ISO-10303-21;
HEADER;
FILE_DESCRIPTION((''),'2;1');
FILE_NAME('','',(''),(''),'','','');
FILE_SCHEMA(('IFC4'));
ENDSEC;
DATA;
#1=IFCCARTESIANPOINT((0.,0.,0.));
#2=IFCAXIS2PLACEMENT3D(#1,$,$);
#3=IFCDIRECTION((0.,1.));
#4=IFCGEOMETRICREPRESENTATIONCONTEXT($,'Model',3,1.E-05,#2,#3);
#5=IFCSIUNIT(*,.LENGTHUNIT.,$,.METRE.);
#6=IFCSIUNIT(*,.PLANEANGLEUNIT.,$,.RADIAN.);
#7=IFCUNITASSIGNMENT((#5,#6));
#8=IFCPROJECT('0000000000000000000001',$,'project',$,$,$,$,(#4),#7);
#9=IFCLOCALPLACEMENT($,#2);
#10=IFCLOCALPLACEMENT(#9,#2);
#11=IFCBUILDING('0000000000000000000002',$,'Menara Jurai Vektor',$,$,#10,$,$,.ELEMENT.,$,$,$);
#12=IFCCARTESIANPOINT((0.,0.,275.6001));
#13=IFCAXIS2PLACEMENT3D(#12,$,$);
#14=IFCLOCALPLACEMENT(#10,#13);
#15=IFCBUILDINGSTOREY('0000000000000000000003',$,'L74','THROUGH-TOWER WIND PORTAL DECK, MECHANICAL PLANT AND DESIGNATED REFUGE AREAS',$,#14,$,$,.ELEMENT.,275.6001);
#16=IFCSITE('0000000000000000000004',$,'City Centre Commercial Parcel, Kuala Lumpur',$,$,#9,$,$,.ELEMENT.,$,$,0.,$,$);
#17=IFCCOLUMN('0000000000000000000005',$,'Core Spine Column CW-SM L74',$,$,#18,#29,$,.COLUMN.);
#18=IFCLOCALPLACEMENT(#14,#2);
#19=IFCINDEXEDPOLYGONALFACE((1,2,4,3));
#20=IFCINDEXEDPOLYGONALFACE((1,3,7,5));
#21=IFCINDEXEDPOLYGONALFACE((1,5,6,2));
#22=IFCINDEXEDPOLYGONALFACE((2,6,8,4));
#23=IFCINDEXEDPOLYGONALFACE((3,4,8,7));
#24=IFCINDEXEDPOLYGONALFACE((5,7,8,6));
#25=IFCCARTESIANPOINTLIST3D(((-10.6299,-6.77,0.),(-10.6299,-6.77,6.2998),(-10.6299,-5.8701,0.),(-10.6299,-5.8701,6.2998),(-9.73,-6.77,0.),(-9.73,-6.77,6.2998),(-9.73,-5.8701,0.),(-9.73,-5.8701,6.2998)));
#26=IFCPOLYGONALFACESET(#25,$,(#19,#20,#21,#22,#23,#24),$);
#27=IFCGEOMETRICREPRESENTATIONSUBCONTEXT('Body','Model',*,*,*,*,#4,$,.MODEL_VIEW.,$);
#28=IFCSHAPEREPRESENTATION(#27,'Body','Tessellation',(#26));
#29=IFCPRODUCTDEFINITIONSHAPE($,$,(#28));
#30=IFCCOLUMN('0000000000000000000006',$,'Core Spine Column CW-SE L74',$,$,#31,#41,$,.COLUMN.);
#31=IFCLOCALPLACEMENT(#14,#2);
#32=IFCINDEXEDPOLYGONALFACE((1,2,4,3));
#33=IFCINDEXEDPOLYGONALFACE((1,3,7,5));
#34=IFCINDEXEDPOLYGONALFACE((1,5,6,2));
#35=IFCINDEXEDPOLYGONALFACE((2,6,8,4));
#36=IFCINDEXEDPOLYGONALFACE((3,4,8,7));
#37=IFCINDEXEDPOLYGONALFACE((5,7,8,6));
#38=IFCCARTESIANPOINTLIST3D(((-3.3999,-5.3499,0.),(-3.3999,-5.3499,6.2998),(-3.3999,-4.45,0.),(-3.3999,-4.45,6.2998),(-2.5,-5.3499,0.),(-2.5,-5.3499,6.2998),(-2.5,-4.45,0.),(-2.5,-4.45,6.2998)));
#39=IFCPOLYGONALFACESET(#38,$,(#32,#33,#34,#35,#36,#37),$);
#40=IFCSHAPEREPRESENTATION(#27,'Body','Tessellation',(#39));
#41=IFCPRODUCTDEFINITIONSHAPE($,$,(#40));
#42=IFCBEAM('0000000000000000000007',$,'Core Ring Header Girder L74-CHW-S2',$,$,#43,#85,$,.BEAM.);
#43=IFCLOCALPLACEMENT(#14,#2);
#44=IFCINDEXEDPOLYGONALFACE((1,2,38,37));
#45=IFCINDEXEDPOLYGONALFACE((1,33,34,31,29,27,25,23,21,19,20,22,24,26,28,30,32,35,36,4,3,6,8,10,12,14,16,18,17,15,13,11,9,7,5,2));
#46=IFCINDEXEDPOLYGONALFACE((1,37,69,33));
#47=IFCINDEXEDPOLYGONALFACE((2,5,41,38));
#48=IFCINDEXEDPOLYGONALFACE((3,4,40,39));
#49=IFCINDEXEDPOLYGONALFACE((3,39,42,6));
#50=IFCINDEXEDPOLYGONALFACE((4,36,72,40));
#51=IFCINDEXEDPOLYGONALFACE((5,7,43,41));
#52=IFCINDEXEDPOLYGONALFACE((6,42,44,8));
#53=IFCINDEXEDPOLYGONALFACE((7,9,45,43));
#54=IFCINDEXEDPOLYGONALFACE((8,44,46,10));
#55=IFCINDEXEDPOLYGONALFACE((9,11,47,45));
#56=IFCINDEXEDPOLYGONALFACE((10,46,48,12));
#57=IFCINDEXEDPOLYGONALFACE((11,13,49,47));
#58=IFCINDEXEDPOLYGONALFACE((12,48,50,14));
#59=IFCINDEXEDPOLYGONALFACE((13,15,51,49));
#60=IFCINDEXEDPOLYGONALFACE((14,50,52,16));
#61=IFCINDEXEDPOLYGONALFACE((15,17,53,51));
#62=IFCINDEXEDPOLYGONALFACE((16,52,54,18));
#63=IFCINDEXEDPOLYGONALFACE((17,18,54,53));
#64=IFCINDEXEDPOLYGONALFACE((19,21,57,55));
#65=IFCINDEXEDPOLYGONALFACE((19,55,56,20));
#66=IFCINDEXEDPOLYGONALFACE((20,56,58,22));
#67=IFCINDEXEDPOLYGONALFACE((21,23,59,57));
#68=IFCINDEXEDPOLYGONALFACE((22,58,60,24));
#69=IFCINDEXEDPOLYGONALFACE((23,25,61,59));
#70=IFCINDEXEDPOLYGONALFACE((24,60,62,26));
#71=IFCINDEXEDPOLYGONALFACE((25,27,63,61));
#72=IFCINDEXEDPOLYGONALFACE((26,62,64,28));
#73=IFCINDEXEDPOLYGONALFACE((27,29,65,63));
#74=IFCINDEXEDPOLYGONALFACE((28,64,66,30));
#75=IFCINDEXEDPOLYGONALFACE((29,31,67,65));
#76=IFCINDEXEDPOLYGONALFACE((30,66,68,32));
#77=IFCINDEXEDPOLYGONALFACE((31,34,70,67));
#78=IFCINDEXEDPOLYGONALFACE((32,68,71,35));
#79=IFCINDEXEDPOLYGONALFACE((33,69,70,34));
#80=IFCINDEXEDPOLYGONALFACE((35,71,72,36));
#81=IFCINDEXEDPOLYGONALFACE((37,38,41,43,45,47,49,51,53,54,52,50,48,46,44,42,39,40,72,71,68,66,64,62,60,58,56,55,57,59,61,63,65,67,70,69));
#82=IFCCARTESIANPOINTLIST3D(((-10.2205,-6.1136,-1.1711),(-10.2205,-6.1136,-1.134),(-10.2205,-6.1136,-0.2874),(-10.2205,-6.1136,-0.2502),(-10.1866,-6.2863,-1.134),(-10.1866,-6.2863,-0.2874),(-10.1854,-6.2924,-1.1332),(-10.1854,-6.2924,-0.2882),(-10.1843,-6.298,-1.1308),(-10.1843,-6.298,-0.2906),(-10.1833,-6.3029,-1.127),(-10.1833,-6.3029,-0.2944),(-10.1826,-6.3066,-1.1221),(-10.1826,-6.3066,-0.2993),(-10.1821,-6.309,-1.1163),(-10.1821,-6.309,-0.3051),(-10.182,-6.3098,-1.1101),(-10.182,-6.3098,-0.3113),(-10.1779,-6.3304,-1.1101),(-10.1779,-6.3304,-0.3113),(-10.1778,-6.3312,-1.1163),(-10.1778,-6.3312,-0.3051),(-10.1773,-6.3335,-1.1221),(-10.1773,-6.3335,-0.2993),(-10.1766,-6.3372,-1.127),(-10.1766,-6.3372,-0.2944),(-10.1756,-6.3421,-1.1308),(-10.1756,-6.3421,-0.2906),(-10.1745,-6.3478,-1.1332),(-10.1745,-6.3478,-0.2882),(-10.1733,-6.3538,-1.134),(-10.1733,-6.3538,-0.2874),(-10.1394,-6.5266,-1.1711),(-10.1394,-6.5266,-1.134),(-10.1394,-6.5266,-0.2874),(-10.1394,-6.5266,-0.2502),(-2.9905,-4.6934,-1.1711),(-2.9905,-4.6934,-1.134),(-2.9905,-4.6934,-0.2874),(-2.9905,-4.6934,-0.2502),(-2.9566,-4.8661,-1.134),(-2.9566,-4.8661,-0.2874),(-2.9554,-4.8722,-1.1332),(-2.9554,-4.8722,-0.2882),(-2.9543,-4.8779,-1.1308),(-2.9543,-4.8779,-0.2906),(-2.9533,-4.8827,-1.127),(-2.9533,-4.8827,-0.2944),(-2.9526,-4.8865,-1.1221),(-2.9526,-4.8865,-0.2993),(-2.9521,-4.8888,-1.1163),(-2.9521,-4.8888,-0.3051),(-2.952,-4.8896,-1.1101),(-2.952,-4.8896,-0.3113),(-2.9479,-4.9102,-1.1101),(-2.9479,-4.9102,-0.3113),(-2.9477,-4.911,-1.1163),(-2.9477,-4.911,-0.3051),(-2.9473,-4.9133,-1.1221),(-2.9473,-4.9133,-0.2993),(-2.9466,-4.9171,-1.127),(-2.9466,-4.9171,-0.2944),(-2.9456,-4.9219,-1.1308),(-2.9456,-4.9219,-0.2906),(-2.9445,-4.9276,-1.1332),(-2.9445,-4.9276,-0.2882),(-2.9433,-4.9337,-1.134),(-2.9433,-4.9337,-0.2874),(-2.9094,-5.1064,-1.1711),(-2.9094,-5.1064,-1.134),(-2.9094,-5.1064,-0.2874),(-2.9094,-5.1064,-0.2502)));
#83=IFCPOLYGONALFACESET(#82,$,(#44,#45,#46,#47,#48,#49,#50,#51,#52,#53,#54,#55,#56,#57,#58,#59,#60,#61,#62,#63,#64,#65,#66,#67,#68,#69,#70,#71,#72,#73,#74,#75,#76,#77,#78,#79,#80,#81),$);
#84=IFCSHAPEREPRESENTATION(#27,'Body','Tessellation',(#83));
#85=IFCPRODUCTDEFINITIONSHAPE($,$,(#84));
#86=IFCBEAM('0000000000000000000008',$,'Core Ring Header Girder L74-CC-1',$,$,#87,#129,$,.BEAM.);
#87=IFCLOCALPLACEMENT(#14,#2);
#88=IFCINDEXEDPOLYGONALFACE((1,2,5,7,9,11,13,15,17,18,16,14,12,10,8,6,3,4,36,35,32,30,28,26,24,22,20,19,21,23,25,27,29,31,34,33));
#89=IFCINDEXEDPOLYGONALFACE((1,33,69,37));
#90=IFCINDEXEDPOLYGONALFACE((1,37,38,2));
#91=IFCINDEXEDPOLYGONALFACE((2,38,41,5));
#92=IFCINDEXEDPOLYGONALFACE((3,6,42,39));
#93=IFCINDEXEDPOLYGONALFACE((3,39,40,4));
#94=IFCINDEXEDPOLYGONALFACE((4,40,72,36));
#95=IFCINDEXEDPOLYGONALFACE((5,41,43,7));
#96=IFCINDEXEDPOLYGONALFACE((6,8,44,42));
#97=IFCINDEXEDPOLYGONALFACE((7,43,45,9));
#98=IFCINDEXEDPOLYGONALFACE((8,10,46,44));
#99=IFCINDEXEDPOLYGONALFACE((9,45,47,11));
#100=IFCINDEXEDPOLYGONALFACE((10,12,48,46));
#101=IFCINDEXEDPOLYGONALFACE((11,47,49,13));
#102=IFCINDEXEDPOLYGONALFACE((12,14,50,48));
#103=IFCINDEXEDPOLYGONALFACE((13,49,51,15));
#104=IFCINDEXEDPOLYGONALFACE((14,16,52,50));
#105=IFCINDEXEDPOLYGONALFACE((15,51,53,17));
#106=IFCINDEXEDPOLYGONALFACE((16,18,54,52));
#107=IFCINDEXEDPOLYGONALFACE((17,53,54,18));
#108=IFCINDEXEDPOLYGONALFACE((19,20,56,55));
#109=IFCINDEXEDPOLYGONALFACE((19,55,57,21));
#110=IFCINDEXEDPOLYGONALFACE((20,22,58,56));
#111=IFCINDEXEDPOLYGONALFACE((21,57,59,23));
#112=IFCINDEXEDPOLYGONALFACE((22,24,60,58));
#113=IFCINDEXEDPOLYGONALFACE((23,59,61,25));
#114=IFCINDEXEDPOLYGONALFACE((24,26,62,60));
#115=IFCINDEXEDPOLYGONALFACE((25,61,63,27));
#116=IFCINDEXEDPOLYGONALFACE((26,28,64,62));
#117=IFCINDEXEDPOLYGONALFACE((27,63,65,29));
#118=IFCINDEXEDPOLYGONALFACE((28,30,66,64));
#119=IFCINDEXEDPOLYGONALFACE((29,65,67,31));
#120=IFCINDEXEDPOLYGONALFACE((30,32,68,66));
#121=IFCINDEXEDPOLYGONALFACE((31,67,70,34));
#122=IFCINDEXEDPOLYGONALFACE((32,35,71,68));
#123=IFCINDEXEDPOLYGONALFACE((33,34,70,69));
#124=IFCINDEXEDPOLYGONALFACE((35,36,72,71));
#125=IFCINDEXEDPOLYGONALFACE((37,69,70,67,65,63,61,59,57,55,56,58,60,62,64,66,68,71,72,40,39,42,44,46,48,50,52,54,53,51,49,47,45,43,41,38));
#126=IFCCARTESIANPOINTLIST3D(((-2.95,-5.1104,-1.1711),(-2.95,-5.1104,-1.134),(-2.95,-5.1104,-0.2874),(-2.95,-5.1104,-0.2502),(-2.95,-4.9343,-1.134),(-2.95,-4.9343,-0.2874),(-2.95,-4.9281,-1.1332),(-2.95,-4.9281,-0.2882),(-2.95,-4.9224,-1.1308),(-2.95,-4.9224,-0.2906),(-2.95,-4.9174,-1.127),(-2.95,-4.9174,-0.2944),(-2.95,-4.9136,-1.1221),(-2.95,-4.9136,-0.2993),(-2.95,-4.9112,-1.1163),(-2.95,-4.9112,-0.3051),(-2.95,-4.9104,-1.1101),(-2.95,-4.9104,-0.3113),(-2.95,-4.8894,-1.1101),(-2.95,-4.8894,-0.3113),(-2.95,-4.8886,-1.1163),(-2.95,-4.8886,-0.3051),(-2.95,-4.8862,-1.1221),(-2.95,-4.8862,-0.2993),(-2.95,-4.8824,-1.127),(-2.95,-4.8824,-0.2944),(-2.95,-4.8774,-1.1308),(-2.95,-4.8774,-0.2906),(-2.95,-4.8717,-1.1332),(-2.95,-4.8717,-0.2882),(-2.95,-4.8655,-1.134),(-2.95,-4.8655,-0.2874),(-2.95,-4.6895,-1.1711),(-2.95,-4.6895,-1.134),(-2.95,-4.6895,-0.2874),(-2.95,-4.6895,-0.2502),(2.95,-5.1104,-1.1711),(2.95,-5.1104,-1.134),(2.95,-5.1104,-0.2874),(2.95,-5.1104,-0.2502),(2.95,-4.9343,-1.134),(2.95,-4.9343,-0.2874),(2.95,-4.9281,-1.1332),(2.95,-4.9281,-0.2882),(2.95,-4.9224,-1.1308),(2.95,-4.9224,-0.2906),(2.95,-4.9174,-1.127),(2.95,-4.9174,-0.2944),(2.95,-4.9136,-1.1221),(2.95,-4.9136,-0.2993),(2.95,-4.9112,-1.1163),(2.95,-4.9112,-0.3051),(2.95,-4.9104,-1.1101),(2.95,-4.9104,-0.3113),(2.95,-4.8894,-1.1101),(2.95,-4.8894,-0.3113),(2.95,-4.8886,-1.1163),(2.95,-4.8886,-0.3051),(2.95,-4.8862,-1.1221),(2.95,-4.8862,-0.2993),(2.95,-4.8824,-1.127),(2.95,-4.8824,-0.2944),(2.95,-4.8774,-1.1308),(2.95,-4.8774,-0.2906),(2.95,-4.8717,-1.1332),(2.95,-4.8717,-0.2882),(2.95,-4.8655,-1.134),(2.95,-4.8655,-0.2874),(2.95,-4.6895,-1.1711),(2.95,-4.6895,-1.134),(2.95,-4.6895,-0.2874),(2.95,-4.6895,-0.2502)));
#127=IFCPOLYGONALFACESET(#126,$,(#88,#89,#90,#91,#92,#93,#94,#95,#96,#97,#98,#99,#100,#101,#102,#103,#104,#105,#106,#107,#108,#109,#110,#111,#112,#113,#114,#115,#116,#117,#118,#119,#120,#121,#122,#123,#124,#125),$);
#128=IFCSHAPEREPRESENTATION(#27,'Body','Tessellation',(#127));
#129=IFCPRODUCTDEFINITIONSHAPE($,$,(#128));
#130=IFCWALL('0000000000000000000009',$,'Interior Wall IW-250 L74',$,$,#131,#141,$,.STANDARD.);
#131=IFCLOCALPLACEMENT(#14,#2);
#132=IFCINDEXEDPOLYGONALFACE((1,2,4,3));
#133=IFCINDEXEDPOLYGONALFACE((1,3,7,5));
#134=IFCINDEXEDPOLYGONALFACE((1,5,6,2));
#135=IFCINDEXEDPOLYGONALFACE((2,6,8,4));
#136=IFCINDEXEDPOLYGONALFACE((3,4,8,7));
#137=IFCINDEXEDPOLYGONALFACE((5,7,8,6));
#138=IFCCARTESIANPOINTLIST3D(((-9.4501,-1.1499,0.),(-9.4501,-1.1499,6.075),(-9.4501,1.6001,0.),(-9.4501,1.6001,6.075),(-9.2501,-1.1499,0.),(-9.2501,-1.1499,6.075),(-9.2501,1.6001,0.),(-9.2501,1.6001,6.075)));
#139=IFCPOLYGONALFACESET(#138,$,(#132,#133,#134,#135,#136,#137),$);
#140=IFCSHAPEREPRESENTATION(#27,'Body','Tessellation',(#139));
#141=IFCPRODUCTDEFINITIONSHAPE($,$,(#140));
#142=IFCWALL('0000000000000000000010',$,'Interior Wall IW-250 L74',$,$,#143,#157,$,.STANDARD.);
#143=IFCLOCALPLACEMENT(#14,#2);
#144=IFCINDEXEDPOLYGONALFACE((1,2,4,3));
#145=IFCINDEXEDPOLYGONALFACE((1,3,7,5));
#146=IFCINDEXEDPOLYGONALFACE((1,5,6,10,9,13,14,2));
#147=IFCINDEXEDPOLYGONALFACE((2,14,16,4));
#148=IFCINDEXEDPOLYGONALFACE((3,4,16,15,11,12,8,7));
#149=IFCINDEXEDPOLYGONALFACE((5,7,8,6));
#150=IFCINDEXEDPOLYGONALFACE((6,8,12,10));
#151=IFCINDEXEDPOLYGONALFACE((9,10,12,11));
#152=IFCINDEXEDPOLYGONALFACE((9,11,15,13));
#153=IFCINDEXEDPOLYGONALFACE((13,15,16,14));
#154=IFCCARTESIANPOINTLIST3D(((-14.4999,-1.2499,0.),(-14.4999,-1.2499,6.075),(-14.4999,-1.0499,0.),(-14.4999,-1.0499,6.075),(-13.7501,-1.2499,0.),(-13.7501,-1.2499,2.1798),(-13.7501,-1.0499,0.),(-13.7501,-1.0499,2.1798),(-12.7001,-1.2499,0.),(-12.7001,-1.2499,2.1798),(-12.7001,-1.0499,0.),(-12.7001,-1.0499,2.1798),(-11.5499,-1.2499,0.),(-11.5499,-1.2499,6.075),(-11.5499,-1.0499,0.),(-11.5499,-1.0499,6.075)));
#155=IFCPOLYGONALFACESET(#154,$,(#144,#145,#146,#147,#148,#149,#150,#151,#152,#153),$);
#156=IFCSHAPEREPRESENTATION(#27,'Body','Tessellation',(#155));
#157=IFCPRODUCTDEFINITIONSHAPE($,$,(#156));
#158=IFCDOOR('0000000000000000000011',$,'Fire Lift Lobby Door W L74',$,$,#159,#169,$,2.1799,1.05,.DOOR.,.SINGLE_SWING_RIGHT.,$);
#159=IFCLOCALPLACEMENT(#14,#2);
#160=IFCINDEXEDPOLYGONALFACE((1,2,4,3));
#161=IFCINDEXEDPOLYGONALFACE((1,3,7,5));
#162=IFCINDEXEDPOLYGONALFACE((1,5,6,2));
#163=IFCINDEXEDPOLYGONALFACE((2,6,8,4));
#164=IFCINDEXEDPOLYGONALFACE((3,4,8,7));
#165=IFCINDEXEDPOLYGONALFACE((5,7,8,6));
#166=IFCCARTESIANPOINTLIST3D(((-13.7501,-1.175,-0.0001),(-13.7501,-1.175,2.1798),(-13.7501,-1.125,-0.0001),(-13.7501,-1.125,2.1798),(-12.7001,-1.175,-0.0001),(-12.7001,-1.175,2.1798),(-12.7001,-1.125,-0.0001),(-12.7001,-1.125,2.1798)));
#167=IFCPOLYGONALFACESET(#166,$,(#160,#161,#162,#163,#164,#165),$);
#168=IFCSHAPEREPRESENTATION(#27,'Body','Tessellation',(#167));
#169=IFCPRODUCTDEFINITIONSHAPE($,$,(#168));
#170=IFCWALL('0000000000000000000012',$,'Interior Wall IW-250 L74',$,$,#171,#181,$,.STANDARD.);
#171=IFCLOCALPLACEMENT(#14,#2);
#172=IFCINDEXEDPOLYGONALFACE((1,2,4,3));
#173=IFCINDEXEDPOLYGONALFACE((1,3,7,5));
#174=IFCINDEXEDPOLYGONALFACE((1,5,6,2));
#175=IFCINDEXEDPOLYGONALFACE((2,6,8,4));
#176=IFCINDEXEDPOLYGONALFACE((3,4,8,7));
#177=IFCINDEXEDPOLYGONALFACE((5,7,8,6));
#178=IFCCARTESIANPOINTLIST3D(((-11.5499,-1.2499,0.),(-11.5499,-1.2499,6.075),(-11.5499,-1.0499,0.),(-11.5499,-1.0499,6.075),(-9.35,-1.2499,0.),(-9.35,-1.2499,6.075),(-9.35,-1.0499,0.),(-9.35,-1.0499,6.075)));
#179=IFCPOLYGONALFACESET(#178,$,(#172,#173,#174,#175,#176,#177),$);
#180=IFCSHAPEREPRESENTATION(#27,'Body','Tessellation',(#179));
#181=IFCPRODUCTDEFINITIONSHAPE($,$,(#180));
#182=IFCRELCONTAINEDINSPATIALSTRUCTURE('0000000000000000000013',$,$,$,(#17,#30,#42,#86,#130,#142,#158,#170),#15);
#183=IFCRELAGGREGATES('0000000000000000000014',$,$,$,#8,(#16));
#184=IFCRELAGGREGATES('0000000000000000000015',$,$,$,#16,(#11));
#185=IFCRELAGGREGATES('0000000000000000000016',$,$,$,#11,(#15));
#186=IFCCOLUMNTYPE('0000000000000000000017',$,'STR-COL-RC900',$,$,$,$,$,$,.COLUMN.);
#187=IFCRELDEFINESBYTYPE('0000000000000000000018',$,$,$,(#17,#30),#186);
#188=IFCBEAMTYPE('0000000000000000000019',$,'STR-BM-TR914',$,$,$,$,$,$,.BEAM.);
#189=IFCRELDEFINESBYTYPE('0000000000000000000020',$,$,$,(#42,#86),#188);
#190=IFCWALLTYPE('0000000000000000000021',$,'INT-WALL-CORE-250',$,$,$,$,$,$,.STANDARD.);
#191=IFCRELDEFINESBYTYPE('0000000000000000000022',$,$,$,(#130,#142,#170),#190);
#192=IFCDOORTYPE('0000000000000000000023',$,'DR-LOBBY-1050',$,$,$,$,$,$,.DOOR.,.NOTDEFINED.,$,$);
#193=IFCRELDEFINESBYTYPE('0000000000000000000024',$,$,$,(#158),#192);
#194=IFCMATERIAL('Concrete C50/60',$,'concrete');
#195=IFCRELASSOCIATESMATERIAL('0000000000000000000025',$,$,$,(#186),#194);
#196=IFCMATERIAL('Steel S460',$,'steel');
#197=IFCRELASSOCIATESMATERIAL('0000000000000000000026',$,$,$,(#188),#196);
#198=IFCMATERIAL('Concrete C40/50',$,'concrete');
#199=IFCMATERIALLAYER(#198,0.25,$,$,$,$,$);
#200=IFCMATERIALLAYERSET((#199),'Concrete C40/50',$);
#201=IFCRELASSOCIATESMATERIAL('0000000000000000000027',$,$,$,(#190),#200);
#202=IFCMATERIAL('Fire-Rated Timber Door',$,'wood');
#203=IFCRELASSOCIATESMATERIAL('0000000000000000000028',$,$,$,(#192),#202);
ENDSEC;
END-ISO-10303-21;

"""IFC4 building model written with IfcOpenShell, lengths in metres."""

from ifc_helpers import new_model, si_unit, direction, frame, frame_2d, origin, origin_2d, place, context, subcontext, project, spatial, rectangle, i_section, extrude, material, layer, layer_set, material_profile, profile_set, type_object, element, fill, save


model = new_model("IFC4")

# Units and contexts
model_context = context("Model", 3, precision=1e-05, world=origin(), true_north=direction((0.0, 1.0)))
body_context = subcontext(model_context, "Body", "Model", "MODEL_VIEW")
ifc_project = project(units=[si_unit("LENGTHUNIT", "METRE"), si_unit("PLANEANGLEUNIT", "RADIAN")], contexts=[model_context])

# Site, building, storey
site_placement = place(None, origin())
site = spatial("IfcSite", under=ifc_project, at=site_placement, Name="City Centre Commercial Parcel, Kuala Lumpur", CompositionType="ELEMENT", RefElevation=0.0)
building_placement = place(site_placement, origin())
building = spatial("IfcBuilding", under=site, at=building_placement, Name="Menara Jurai Vektor", CompositionType="ELEMENT")
storey_placement = place(building_placement, frame((0.0, 0.0, 275.6001)))
storey = spatial("IfcBuildingStorey", under=building, at=storey_placement, Name="L74", Description="THROUGH-TOWER WIND PORTAL DECK, MECHANICAL PLANT AND DESIGNATED REFUGE AREAS", CompositionType="ELEMENT", Elevation=275.6001)

# Columns
ifc_material_1 = material(Name="Concrete C50/60", Category="concrete")
ifc_material_profile_1 = material_profile(ifc_material_1, rectangle(XDim=0.8999, YDim=0.8999, at=origin_2d()), Name="RC 900x900")
ifc_profile_set_1 = profile_set([ifc_material_profile_1], Name="Concrete C50/60")
column_type = type_object("IfcColumnType", Name="STR-COL-RC900", PredefinedType="COLUMN", material=ifc_profile_set_1)
for number, where, z_axis, x_axis, name in (
    (1, (-10.1799, -6.3201, 0.0), (0.0, 0.0, 1.0), (1.0, 0.0, 0.0), "Core Spine Column CW-SM L74"),
    (2, (-2.95, -4.8999, 0.0), (0.0, 0.0, 1.0), (1.0, 0.0, 0.0), "Core Spine Column CW-SE L74"),
):
    element("IfcColumn", number, at=place(storey_placement, frame(where, z_axis=z_axis, x_axis=x_axis)), inside=storey, type_object=column_type, Name=name, PredefinedType="COLUMN", context=body_context, shape_type="SweptSolid", body=[
        extrude(rectangle(XDim=0.8999, YDim=0.8999, at=origin_2d()), origin(), (0.0, 0.0, 1.0), 6.2998),
    ])

# Beams
ifc_material_2 = material(Name="Steel S460", Category="steel")
ifc_material_profile_2 = material_profile(ifc_material_2, i_section(OverallWidth=0.4209, OverallDepth=0.9209, WebThickness=0.021, FlangeThickness=0.0371, FilletRadius=0.0239, at=origin_2d()), Name="UKB 914x419x388")
ifc_profile_set_2 = profile_set([ifc_material_profile_2], Name="Steel S460")
beam_type = type_object("IfcBeamType", Name="STR-BM-TR914", PredefinedType="BEAM", material=ifc_profile_set_2)
beam_1_placement = place(storey_placement, frame((-10.1799, -6.3201, -0.7107), z_axis=(0.981249, 0.192744, 0.0), x_axis=(-0.192744, 0.981249, 0.0)))
element("IfcBeam", 3, at=beam_1_placement, inside=storey, type_object=beam_type, Name="Core Ring Header Girder L74-CHW-S2", PredefinedType="BEAM", context=body_context, shape_type="SweptSolid", body=[
    extrude(i_section(OverallWidth=0.4209, OverallDepth=0.9209, WebThickness=0.021, FlangeThickness=0.0371, FilletRadius=0.0239, at=origin_2d()), origin(), (0.0, 0.0, 1.0), 7.3682),
])
beam_2_placement = place(storey_placement, frame((-2.95, -4.8999, -0.7107), z_axis=(1.0, 0.0, 0.0), x_axis=(0.0, 1.0, 0.0)))
element("IfcBeam", 4, at=beam_2_placement, inside=storey, type_object=beam_type, Name="Core Ring Header Girder L74-CC-1", PredefinedType="BEAM", context=body_context, shape_type="SweptSolid", body=[
    extrude(i_section(OverallWidth=0.4209, OverallDepth=0.9209, WebThickness=0.021, FlangeThickness=0.0371, FilletRadius=0.0239, at=origin_2d()), origin(), (0.0, 0.0, 1.0), 5.8999),
])

# Shared definitions
ifc_material_3 = material(Name="Concrete C40/50", Category="concrete")
ifc_layer_1 = layer(ifc_material_3, 0.25)
ifc_layer_set_1 = layer_set([ifc_layer_1], Name="Concrete C40/50")
wall_type_1 = type_object("IfcWallType", Name="INT-WALL-CORE-250", PredefinedType="STANDARD", material=ifc_layer_set_1)

# Wall
wall_1_placement = place(storey_placement, frame((-9.3501, -1.1499, 0.0), z_axis=(0.0, 0.0, 1.0), x_axis=(0.0, 1.0, 0.0)))
element("IfcWall", 5, at=wall_1_placement, inside=storey, type_object=wall_type_1, Name="Interior Wall IW-250 L74", PredefinedType="STANDARD", context=body_context, shape_type="SweptSolid", body=[
    extrude(rectangle(XDim=2.75, YDim=0.2, at=frame_2d((1.375, 0.0))), origin(), (0.0, 0.0, 1.0), 6.075),
])

# Wall, opening, door
wall_2_placement = place(storey_placement, frame((-14.5, -1.1499, 0.0), z_axis=(0.0, 0.0, 1.0), x_axis=(1.0, 0.0, 0.0)))
wall_2 = element("IfcWall", 6, at=wall_2_placement, inside=storey, type_object=wall_type_1, Name="Interior Wall IW-250 L74", PredefinedType="STANDARD", context=body_context, shape_type="SweptSolid", body=[
    extrude(rectangle(XDim=2.95, YDim=0.2, at=frame_2d((1.4751, 0.0))), origin(), (0.0, 0.0, 1.0), 6.075),
])
opening_1_placement = place(wall_2_placement, frame((0.75, 0.0, 0.0)))
opening_1 = element("IfcOpeningElement", 7, at=opening_1_placement, cuts=wall_2, PredefinedType="OPENING", context=body_context, shape_type="SweptSolid", body=[
    extrude(rectangle(XDim=1.05, YDim=2.1799, at=frame_2d((0.5249, 1.0898))), frame((0.0, 0.1099, 0.0), z_axis=(0.0, -1.0, 0.0), x_axis=(1.0, 0.0, 0.0)), (0.0, 0.0, 1.0), 0.22),
])
ifc_material_4 = material(Name="Fire-Rated Timber Door", Category="wood")
door_type_1 = type_object("IfcDoorType", Name="DR-LOBBY-1050", OperationType="NOTDEFINED", PredefinedType="DOOR", material=ifc_material_4)
door_1_placement = place(opening_1_placement, origin())
door_1 = element("IfcDoor", 8, at=door_1_placement, inside=storey, type_object=door_type_1, Name="Fire Lift Lobby Door W L74", OperationType="SINGLE_SWING_RIGHT", OverallHeight=2.1799, OverallWidth=1.05, PredefinedType="DOOR", context=body_context, shape_type="SweptSolid", body=[
    extrude(rectangle(XDim=1.05, YDim=2.1799, at=frame_2d((0.5249, 1.0898))), frame((0.0, 0.0249, 0.0), z_axis=(0.0, -1.0, 0.0), x_axis=(1.0, 0.0, 0.0)), (0.0, 0.0, 1.0), 0.05),
])
fill(opening_1, door_1)

# Wall
wall_3_placement = place(storey_placement, frame((-11.55, -1.1499, 0.0), z_axis=(0.0, 0.0, 1.0), x_axis=(1.0, 0.0, 0.0)))
element("IfcWall", 9, at=wall_3_placement, inside=storey, type_object=wall_type_1, Name="Interior Wall IW-250 L74", PredefinedType="STANDARD", context=body_context, shape_type="SweptSolid", body=[
    extrude(rectangle(XDim=2.2, YDim=0.2, at=frame_2d((1.1001, 0.0))), origin(), (0.0, 0.0, 1.0), 6.075),
])

save(model, "model.ifc")
